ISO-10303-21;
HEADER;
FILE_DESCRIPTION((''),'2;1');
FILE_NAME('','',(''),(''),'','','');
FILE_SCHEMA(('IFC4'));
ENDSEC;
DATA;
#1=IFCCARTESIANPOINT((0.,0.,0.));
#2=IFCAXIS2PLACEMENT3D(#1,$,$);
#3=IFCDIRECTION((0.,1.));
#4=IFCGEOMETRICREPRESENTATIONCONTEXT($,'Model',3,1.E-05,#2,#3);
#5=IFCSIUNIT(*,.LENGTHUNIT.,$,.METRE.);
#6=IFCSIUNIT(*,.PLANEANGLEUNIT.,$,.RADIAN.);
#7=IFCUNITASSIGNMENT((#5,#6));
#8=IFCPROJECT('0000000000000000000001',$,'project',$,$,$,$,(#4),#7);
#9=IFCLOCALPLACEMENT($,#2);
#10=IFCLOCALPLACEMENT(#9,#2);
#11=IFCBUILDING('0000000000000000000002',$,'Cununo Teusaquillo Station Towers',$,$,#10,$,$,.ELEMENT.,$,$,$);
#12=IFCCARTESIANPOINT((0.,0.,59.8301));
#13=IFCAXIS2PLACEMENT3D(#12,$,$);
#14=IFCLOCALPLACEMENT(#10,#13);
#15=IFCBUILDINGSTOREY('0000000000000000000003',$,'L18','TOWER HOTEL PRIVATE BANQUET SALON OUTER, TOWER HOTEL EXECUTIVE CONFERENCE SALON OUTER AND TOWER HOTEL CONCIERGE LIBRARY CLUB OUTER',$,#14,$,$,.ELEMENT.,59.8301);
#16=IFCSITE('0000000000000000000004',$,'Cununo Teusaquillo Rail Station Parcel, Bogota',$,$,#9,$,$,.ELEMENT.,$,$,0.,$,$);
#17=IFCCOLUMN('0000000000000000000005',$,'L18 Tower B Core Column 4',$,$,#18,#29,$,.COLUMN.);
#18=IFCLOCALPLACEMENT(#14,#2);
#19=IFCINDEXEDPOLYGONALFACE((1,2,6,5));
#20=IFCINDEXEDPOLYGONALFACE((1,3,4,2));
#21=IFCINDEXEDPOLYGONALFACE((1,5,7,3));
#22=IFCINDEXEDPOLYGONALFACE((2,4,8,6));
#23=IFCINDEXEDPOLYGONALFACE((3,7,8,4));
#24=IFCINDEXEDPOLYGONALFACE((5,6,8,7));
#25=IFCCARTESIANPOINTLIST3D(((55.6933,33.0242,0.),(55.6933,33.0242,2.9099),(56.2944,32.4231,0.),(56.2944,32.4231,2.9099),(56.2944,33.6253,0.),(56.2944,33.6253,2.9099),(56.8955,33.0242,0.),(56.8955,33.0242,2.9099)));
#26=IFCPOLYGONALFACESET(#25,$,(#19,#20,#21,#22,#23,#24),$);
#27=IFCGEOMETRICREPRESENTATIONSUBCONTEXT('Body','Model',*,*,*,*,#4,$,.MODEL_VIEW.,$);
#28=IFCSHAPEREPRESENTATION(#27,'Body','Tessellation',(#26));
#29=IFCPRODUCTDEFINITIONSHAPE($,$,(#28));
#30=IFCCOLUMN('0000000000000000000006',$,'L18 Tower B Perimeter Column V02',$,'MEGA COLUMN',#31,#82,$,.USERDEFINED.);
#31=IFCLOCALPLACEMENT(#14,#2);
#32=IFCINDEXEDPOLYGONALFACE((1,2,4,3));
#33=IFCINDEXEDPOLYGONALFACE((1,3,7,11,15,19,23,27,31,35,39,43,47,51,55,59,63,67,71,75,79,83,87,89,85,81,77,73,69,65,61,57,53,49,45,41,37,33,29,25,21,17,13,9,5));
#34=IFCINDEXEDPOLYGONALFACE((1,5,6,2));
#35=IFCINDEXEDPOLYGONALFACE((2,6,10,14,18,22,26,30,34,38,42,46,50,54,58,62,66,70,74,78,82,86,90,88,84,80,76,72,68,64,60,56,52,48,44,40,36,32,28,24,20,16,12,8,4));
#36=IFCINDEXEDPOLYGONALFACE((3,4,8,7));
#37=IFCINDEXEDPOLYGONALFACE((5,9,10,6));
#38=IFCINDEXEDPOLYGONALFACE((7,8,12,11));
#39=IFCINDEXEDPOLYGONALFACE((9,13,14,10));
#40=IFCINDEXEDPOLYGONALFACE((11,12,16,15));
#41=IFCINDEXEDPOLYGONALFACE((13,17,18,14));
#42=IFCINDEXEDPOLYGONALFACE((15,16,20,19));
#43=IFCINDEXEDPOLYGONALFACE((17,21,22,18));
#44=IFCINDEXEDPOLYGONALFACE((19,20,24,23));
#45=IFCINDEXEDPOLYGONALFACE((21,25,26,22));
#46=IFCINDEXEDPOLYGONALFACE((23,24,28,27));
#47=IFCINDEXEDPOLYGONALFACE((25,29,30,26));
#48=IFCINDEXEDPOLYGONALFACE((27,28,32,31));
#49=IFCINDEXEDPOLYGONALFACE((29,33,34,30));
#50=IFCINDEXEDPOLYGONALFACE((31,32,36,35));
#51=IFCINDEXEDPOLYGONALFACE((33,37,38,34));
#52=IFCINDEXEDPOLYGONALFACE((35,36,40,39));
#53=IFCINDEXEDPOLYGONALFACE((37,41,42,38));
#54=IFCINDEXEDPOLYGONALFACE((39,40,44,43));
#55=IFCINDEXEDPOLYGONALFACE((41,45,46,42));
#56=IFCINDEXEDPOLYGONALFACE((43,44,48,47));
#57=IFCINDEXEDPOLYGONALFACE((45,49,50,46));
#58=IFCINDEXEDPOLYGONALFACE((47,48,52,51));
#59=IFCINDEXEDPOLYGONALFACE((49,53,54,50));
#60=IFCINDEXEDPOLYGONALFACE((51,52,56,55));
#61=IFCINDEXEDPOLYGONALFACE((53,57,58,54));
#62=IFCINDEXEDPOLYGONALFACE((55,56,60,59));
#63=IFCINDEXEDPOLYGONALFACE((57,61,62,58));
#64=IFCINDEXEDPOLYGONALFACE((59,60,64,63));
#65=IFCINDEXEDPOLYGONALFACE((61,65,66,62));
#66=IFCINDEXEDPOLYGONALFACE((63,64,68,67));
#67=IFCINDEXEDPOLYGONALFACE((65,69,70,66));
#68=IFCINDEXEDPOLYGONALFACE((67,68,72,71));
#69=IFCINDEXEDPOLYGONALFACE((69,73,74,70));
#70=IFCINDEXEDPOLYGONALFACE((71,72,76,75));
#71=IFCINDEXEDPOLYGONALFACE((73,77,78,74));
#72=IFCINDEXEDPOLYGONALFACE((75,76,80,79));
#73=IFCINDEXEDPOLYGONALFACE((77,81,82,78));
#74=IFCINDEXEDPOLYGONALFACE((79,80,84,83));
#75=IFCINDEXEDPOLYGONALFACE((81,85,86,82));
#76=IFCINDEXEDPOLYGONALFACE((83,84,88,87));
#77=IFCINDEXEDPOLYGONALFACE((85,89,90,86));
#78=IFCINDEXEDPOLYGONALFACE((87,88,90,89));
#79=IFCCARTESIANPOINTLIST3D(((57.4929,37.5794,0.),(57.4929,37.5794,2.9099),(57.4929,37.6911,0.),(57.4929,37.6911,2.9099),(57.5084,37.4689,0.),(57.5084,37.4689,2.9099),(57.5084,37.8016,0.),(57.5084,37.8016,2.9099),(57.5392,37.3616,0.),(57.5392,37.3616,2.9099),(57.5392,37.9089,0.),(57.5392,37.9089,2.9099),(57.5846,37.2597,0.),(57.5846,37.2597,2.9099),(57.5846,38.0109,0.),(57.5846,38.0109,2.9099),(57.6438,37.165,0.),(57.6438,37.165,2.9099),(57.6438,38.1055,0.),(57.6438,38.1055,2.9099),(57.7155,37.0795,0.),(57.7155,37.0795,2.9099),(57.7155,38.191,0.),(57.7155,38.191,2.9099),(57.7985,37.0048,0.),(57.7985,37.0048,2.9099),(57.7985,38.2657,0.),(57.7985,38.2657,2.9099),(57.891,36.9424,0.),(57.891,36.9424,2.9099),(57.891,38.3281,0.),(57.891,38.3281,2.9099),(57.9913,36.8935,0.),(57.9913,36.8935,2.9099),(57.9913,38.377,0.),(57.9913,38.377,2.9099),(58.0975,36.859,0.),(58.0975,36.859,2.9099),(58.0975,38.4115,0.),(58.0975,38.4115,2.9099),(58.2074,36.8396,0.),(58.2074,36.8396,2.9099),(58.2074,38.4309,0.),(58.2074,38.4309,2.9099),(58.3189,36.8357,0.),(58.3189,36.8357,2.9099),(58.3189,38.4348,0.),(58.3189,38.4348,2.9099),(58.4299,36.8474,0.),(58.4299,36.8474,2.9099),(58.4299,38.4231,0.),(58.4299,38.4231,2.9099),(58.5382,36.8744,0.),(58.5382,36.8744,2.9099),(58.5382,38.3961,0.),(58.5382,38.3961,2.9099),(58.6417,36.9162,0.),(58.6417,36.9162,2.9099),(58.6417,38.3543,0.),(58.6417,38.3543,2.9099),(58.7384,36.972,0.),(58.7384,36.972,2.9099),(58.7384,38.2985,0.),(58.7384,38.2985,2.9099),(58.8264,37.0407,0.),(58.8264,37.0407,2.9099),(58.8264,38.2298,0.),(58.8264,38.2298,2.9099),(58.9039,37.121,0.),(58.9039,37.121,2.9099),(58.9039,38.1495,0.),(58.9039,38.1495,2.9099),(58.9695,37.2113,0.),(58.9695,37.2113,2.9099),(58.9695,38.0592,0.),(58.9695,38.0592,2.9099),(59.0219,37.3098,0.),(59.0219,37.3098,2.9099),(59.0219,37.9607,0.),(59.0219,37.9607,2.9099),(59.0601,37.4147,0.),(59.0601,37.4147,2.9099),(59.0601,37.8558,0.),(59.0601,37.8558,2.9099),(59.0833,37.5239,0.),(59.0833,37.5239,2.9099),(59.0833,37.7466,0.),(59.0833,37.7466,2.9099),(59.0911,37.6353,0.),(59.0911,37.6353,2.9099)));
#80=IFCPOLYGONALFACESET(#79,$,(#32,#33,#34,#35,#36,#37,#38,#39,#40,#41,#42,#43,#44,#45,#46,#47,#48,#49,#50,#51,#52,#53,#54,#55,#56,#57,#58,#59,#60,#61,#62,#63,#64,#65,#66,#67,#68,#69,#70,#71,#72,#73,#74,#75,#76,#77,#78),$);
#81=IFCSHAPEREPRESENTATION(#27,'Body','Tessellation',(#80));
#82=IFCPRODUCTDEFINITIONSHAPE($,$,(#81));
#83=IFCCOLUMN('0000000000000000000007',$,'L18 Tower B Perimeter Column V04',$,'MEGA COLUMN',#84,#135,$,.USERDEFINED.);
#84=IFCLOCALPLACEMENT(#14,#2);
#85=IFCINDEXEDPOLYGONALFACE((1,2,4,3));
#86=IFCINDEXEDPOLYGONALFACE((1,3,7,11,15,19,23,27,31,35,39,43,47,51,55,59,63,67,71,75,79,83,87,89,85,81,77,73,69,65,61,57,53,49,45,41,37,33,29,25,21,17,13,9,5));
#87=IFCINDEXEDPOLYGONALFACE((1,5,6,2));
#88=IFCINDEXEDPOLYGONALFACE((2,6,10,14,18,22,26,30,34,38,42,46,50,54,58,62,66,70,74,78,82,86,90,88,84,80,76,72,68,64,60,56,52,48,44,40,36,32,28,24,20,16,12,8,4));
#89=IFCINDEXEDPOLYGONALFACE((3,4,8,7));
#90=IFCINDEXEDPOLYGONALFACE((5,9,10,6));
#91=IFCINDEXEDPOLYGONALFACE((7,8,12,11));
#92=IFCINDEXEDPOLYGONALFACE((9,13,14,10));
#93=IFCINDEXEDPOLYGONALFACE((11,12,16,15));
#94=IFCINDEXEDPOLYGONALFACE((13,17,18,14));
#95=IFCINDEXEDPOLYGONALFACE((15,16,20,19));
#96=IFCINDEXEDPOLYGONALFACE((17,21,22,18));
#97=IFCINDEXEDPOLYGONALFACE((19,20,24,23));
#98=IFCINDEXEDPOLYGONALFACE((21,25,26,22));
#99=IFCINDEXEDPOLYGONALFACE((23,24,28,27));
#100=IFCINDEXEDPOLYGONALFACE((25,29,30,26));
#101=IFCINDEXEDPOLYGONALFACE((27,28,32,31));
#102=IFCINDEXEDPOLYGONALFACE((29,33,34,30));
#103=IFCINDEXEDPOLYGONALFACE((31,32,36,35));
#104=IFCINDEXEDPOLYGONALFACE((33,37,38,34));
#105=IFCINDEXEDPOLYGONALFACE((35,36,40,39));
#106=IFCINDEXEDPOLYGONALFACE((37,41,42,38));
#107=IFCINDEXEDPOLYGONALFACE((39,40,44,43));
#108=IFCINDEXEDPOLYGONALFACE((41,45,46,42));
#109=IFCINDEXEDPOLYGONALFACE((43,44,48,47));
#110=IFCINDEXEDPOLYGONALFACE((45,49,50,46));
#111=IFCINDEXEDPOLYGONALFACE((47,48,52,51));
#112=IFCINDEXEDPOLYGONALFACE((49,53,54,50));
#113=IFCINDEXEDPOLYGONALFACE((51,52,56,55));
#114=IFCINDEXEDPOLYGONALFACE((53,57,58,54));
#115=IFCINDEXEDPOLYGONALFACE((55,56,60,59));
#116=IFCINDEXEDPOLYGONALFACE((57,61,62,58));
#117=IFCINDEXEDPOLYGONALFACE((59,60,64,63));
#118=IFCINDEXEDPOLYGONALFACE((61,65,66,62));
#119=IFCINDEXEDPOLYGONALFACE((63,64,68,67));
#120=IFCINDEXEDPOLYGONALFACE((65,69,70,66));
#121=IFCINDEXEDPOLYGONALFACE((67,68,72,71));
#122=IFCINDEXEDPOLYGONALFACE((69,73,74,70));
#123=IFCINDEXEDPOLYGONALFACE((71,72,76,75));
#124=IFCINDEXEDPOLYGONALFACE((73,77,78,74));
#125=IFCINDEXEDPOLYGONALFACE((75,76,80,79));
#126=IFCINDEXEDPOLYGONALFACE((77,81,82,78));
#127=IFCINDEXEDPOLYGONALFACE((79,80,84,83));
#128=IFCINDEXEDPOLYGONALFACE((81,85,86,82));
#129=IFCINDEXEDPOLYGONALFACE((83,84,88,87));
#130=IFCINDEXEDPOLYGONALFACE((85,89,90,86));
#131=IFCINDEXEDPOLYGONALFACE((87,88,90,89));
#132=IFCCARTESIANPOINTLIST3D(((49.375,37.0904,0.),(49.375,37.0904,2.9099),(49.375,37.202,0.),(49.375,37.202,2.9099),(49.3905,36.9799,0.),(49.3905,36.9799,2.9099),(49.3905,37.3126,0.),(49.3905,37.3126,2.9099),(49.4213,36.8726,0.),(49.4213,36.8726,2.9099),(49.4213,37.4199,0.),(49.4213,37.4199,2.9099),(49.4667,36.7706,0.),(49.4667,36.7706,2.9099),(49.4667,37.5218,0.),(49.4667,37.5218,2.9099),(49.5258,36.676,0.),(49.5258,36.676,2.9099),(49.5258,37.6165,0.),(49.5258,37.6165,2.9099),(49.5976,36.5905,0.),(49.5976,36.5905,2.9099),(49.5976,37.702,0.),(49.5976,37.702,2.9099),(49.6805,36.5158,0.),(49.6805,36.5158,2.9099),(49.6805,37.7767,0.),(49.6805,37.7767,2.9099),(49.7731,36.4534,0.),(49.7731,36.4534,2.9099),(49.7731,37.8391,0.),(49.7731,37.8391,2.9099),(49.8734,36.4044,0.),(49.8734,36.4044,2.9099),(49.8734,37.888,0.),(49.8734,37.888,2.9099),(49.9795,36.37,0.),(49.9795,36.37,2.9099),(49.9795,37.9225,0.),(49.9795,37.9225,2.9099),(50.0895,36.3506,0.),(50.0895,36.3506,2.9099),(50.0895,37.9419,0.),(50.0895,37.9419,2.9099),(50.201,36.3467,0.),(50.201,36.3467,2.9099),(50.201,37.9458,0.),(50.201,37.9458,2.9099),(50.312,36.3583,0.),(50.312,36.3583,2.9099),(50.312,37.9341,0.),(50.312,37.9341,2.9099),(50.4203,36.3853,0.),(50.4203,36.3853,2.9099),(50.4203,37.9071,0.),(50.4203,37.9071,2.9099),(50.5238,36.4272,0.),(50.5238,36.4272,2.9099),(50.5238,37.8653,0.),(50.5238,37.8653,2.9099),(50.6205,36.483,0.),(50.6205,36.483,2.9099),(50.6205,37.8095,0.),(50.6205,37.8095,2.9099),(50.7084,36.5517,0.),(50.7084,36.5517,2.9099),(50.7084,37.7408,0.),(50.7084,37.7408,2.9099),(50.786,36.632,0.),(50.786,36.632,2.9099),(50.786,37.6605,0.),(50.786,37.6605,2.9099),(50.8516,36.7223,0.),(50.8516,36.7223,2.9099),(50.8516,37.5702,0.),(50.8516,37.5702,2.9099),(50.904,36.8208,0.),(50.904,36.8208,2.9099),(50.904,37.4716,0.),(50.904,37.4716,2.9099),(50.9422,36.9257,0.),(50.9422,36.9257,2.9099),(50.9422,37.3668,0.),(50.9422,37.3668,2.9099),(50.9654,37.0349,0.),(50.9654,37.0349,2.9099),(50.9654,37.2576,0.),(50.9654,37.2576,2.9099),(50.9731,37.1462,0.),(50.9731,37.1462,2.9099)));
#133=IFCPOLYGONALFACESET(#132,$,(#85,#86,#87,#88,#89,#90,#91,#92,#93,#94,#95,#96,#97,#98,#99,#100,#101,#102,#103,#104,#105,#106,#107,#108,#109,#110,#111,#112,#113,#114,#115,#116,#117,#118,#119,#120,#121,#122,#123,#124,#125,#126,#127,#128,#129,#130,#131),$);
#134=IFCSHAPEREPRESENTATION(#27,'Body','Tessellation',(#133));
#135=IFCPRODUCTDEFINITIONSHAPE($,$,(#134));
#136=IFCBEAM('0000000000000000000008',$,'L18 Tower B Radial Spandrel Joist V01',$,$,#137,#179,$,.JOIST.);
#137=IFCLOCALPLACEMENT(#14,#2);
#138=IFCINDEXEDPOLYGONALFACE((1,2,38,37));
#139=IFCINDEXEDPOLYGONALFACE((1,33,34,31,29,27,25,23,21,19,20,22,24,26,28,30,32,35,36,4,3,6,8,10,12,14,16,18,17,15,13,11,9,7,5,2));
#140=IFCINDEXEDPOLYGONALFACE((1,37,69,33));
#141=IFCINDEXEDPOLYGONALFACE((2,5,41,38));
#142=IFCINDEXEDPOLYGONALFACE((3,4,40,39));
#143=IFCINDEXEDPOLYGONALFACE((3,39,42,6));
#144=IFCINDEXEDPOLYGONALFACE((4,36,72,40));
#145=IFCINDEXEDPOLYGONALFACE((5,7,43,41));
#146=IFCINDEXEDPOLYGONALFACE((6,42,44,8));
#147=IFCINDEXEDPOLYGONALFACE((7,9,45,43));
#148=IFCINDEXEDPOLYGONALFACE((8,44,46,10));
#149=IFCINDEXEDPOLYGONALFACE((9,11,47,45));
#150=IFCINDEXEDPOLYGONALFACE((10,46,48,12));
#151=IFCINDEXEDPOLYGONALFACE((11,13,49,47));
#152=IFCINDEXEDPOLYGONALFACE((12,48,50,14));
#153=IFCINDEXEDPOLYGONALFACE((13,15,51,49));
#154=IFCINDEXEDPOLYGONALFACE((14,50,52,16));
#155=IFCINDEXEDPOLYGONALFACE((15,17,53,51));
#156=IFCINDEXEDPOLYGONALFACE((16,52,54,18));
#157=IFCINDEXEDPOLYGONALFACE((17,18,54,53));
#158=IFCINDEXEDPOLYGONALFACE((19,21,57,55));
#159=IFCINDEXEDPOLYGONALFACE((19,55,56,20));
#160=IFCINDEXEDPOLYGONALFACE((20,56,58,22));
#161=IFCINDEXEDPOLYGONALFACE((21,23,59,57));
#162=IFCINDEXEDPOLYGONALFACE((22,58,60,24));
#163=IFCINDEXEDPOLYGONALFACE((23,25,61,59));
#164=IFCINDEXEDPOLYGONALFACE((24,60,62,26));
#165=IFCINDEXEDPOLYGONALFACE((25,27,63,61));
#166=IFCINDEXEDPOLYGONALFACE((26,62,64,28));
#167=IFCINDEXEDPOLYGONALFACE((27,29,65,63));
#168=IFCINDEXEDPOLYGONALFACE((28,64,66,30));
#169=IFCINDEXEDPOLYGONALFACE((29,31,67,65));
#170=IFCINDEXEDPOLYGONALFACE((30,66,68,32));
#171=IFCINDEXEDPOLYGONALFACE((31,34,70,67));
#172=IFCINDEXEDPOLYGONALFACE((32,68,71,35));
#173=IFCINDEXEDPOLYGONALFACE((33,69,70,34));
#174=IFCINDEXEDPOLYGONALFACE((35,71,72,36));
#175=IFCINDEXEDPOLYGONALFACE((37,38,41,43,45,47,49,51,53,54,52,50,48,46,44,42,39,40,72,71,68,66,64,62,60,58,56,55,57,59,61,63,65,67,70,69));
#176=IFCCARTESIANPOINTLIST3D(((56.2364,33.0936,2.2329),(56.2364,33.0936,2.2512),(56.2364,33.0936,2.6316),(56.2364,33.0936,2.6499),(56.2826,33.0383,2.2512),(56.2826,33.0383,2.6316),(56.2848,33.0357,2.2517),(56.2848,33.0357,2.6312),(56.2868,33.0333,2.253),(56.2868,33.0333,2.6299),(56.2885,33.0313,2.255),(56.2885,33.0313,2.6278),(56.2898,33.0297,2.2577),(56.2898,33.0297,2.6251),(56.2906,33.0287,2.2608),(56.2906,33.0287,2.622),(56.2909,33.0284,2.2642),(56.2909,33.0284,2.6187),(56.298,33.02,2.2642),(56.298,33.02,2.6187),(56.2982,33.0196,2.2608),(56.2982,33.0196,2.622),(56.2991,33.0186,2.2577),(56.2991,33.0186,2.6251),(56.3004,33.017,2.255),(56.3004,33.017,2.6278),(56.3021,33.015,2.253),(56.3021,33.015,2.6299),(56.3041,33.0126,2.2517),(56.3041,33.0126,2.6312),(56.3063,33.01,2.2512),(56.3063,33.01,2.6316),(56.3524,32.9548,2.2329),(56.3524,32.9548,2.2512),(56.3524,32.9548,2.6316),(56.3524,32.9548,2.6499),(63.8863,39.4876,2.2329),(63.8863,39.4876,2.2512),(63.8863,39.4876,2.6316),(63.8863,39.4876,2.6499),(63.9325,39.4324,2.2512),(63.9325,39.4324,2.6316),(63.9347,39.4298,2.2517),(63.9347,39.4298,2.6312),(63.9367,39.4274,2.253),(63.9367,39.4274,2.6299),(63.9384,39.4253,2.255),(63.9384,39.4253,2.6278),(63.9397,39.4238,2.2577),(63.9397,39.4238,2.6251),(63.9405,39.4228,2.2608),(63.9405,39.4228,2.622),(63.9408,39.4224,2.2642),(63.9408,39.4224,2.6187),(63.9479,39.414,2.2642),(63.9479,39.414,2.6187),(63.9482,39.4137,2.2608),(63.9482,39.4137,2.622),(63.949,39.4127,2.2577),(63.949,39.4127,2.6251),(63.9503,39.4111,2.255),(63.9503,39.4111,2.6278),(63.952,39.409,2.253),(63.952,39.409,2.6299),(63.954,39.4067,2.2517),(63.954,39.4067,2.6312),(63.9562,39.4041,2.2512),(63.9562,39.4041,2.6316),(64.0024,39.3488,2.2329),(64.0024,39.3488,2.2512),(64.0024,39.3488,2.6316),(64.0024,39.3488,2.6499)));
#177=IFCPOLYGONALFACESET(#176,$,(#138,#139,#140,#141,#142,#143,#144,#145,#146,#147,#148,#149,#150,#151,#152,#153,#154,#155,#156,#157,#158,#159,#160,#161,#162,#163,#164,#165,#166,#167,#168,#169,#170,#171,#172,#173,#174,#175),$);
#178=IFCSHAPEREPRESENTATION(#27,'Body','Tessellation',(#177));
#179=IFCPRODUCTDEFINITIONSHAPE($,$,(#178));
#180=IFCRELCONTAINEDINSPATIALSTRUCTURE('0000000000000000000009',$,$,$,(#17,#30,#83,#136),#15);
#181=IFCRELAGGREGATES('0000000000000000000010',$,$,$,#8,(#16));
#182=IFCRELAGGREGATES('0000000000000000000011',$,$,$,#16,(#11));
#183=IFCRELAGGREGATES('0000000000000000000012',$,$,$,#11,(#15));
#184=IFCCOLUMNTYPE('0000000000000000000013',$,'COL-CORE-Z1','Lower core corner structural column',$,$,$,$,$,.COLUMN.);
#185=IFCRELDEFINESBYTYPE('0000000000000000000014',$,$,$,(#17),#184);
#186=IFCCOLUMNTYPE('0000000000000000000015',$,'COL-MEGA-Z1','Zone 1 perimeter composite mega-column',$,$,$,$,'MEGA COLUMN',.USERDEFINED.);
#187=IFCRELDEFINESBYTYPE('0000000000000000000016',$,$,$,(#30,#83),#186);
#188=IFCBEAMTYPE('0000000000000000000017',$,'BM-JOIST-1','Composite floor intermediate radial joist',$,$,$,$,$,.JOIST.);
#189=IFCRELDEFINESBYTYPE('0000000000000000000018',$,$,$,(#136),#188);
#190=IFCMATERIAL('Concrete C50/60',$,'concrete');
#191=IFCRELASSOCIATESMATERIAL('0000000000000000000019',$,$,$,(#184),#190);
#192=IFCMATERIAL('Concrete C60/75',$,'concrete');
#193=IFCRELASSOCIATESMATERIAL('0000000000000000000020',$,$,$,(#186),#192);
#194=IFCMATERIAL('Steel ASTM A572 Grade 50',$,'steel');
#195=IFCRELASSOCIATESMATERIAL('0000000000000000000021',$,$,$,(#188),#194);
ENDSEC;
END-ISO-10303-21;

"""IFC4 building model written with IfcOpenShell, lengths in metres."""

from ifc_helpers import new_model, si_unit, direction, frame, origin, origin_2d, place, context, subcontext, project, spatial, rectangle, circle, i_section, extrude, material, material_profile, profile_set, type_object, element, save


model = new_model("IFC4")

# Units and contexts
model_context = context("Model", 3, precision=1e-05, world=origin(), true_north=direction((0.0, 1.0)))
body_context = subcontext(model_context, "Body", "Model", "MODEL_VIEW")
ifc_project = project(units=[si_unit("LENGTHUNIT", "METRE"), si_unit("PLANEANGLEUNIT", "RADIAN")], contexts=[model_context])

# Site, building, storey
site_placement = place(None, origin())
site = spatial("IfcSite", under=ifc_project, at=site_placement, Name="Cununo Teusaquillo Rail Station Parcel, Bogota", CompositionType="ELEMENT", RefElevation=0.0)
building_placement = place(site_placement, origin())
building = spatial("IfcBuilding", under=site, at=building_placement, Name="Cununo Teusaquillo Station Towers", CompositionType="ELEMENT")
storey_placement = place(building_placement, frame((0.0, 0.0, 59.8301)))
storey = spatial("IfcBuildingStorey", under=building, at=storey_placement, Name="L18", Description="TOWER HOTEL PRIVATE BANQUET SALON OUTER, TOWER HOTEL EXECUTIVE CONFERENCE SALON OUTER AND TOWER HOTEL CONCIERGE LIBRARY CLUB OUTER", CompositionType="ELEMENT", Elevation=59.8301)

# Columns
ifc_material_1 = material(Name="Concrete C50/60", Category="concrete")
ifc_material_profile_1 = material_profile(ifc_material_1, rectangle(XDim=0.8501, YDim=0.8501, at=origin_2d()), Name="RC-RECT-850x850")
ifc_profile_set_1 = profile_set([ifc_material_profile_1], Name="Concrete C50/60")
column_type_1 = type_object("IfcColumnType", Name="COL-CORE-Z1", Description="Lower core corner structural column", PredefinedType="COLUMN", material=ifc_profile_set_1)
column_placement = place(storey_placement, frame((56.2944, 33.0242, 0.0), z_axis=(0.0, 0.0, 1.0), x_axis=(0.707107, 0.707107, 0.0)))
element("IfcColumn", 1, at=column_placement, inside=storey, type_object=column_type_1, Name="L18 Tower B Core Column 4", PredefinedType="COLUMN", context=body_context, shape_type="SweptSolid", body=[
    extrude(rectangle(XDim=0.8501, YDim=0.8501, at=origin_2d()), origin(), (0.0, 0.0, 1.0), 2.9099),
])
ifc_material_2 = material(Name="Concrete C60/75", Category="concrete")
ifc_material_profile_2 = material_profile(ifc_material_2, circle(Radius=0.8, at=origin_2d()), Name="RC-CIRC-1600")
ifc_profile_set_2 = profile_set([ifc_material_profile_2], Name="Concrete C60/75")
column_type_2 = type_object("IfcColumnType", Name="COL-MEGA-Z1", Description="Zone 1 perimeter composite mega-column", ElementType="MEGA COLUMN", PredefinedType="USERDEFINED", material=ifc_profile_set_2)
for number, where, z_axis, x_axis, name in (
    (2, (58.291, 37.6353, 0.0), (0.0, 0.0, 1.0), (1.0, 0.0, 0.0), "L18 Tower B Perimeter Column V02"),
    (3, (50.1731, 37.1462, 0.0), (0.0, 0.0, 1.0), (1.0, 0.0, 0.0), "L18 Tower B Perimeter Column V04"),
):
    element("IfcColumn", number, at=place(storey_placement, frame(where, z_axis=z_axis, x_axis=x_axis)), inside=storey, type_object=column_type_2, Name=name, ObjectType="MEGA COLUMN", PredefinedType="USERDEFINED", context=body_context, shape_type="SweptSolid", body=[
        extrude(circle(Radius=0.8, at=origin_2d()), origin(), (0.0, 0.0, 1.0), 2.9099),
    ])

# Beam
ifc_material_3 = material(Name="Steel ASTM A572 Grade 50", Category="steel")
ifc_material_profile_3 = material_profile(ifc_material_3, i_section(OverallWidth=0.1809, OverallDepth=0.417, WebThickness=0.011, FlangeThickness=0.0183, FilletRadius=0.0129, at=origin_2d()), Name="W16X57")
ifc_profile_set_3 = profile_set([ifc_material_profile_3], Name="Steel ASTM A572 Grade 50")
beam_type_1 = type_object("IfcBeamType", Name="BM-JOIST-1", Description="Composite floor intermediate radial joist", PredefinedType="JOIST", material=ifc_profile_set_3)
beam_1_placement = place(storey_placement, frame((56.2944, 33.0242, 2.4414), z_axis=(0.767277, 0.641316, 0.0), x_axis=(-0.641316, 0.767277, 0.0)))
element("IfcBeam", 4, at=beam_1_placement, inside=storey, type_object=beam_type_1, Name="L18 Tower B Radial Spandrel Joist V01", PredefinedType="JOIST", context=body_context, shape_type="SweptSolid", body=[
    extrude(i_section(OverallWidth=0.1809, OverallDepth=0.417, WebThickness=0.011, FlangeThickness=0.0183, FilletRadius=0.0129, at=origin_2d()), origin(), (0.0, 0.0, 1.0), 9.9702),
])

save(model, "model.ifc")
